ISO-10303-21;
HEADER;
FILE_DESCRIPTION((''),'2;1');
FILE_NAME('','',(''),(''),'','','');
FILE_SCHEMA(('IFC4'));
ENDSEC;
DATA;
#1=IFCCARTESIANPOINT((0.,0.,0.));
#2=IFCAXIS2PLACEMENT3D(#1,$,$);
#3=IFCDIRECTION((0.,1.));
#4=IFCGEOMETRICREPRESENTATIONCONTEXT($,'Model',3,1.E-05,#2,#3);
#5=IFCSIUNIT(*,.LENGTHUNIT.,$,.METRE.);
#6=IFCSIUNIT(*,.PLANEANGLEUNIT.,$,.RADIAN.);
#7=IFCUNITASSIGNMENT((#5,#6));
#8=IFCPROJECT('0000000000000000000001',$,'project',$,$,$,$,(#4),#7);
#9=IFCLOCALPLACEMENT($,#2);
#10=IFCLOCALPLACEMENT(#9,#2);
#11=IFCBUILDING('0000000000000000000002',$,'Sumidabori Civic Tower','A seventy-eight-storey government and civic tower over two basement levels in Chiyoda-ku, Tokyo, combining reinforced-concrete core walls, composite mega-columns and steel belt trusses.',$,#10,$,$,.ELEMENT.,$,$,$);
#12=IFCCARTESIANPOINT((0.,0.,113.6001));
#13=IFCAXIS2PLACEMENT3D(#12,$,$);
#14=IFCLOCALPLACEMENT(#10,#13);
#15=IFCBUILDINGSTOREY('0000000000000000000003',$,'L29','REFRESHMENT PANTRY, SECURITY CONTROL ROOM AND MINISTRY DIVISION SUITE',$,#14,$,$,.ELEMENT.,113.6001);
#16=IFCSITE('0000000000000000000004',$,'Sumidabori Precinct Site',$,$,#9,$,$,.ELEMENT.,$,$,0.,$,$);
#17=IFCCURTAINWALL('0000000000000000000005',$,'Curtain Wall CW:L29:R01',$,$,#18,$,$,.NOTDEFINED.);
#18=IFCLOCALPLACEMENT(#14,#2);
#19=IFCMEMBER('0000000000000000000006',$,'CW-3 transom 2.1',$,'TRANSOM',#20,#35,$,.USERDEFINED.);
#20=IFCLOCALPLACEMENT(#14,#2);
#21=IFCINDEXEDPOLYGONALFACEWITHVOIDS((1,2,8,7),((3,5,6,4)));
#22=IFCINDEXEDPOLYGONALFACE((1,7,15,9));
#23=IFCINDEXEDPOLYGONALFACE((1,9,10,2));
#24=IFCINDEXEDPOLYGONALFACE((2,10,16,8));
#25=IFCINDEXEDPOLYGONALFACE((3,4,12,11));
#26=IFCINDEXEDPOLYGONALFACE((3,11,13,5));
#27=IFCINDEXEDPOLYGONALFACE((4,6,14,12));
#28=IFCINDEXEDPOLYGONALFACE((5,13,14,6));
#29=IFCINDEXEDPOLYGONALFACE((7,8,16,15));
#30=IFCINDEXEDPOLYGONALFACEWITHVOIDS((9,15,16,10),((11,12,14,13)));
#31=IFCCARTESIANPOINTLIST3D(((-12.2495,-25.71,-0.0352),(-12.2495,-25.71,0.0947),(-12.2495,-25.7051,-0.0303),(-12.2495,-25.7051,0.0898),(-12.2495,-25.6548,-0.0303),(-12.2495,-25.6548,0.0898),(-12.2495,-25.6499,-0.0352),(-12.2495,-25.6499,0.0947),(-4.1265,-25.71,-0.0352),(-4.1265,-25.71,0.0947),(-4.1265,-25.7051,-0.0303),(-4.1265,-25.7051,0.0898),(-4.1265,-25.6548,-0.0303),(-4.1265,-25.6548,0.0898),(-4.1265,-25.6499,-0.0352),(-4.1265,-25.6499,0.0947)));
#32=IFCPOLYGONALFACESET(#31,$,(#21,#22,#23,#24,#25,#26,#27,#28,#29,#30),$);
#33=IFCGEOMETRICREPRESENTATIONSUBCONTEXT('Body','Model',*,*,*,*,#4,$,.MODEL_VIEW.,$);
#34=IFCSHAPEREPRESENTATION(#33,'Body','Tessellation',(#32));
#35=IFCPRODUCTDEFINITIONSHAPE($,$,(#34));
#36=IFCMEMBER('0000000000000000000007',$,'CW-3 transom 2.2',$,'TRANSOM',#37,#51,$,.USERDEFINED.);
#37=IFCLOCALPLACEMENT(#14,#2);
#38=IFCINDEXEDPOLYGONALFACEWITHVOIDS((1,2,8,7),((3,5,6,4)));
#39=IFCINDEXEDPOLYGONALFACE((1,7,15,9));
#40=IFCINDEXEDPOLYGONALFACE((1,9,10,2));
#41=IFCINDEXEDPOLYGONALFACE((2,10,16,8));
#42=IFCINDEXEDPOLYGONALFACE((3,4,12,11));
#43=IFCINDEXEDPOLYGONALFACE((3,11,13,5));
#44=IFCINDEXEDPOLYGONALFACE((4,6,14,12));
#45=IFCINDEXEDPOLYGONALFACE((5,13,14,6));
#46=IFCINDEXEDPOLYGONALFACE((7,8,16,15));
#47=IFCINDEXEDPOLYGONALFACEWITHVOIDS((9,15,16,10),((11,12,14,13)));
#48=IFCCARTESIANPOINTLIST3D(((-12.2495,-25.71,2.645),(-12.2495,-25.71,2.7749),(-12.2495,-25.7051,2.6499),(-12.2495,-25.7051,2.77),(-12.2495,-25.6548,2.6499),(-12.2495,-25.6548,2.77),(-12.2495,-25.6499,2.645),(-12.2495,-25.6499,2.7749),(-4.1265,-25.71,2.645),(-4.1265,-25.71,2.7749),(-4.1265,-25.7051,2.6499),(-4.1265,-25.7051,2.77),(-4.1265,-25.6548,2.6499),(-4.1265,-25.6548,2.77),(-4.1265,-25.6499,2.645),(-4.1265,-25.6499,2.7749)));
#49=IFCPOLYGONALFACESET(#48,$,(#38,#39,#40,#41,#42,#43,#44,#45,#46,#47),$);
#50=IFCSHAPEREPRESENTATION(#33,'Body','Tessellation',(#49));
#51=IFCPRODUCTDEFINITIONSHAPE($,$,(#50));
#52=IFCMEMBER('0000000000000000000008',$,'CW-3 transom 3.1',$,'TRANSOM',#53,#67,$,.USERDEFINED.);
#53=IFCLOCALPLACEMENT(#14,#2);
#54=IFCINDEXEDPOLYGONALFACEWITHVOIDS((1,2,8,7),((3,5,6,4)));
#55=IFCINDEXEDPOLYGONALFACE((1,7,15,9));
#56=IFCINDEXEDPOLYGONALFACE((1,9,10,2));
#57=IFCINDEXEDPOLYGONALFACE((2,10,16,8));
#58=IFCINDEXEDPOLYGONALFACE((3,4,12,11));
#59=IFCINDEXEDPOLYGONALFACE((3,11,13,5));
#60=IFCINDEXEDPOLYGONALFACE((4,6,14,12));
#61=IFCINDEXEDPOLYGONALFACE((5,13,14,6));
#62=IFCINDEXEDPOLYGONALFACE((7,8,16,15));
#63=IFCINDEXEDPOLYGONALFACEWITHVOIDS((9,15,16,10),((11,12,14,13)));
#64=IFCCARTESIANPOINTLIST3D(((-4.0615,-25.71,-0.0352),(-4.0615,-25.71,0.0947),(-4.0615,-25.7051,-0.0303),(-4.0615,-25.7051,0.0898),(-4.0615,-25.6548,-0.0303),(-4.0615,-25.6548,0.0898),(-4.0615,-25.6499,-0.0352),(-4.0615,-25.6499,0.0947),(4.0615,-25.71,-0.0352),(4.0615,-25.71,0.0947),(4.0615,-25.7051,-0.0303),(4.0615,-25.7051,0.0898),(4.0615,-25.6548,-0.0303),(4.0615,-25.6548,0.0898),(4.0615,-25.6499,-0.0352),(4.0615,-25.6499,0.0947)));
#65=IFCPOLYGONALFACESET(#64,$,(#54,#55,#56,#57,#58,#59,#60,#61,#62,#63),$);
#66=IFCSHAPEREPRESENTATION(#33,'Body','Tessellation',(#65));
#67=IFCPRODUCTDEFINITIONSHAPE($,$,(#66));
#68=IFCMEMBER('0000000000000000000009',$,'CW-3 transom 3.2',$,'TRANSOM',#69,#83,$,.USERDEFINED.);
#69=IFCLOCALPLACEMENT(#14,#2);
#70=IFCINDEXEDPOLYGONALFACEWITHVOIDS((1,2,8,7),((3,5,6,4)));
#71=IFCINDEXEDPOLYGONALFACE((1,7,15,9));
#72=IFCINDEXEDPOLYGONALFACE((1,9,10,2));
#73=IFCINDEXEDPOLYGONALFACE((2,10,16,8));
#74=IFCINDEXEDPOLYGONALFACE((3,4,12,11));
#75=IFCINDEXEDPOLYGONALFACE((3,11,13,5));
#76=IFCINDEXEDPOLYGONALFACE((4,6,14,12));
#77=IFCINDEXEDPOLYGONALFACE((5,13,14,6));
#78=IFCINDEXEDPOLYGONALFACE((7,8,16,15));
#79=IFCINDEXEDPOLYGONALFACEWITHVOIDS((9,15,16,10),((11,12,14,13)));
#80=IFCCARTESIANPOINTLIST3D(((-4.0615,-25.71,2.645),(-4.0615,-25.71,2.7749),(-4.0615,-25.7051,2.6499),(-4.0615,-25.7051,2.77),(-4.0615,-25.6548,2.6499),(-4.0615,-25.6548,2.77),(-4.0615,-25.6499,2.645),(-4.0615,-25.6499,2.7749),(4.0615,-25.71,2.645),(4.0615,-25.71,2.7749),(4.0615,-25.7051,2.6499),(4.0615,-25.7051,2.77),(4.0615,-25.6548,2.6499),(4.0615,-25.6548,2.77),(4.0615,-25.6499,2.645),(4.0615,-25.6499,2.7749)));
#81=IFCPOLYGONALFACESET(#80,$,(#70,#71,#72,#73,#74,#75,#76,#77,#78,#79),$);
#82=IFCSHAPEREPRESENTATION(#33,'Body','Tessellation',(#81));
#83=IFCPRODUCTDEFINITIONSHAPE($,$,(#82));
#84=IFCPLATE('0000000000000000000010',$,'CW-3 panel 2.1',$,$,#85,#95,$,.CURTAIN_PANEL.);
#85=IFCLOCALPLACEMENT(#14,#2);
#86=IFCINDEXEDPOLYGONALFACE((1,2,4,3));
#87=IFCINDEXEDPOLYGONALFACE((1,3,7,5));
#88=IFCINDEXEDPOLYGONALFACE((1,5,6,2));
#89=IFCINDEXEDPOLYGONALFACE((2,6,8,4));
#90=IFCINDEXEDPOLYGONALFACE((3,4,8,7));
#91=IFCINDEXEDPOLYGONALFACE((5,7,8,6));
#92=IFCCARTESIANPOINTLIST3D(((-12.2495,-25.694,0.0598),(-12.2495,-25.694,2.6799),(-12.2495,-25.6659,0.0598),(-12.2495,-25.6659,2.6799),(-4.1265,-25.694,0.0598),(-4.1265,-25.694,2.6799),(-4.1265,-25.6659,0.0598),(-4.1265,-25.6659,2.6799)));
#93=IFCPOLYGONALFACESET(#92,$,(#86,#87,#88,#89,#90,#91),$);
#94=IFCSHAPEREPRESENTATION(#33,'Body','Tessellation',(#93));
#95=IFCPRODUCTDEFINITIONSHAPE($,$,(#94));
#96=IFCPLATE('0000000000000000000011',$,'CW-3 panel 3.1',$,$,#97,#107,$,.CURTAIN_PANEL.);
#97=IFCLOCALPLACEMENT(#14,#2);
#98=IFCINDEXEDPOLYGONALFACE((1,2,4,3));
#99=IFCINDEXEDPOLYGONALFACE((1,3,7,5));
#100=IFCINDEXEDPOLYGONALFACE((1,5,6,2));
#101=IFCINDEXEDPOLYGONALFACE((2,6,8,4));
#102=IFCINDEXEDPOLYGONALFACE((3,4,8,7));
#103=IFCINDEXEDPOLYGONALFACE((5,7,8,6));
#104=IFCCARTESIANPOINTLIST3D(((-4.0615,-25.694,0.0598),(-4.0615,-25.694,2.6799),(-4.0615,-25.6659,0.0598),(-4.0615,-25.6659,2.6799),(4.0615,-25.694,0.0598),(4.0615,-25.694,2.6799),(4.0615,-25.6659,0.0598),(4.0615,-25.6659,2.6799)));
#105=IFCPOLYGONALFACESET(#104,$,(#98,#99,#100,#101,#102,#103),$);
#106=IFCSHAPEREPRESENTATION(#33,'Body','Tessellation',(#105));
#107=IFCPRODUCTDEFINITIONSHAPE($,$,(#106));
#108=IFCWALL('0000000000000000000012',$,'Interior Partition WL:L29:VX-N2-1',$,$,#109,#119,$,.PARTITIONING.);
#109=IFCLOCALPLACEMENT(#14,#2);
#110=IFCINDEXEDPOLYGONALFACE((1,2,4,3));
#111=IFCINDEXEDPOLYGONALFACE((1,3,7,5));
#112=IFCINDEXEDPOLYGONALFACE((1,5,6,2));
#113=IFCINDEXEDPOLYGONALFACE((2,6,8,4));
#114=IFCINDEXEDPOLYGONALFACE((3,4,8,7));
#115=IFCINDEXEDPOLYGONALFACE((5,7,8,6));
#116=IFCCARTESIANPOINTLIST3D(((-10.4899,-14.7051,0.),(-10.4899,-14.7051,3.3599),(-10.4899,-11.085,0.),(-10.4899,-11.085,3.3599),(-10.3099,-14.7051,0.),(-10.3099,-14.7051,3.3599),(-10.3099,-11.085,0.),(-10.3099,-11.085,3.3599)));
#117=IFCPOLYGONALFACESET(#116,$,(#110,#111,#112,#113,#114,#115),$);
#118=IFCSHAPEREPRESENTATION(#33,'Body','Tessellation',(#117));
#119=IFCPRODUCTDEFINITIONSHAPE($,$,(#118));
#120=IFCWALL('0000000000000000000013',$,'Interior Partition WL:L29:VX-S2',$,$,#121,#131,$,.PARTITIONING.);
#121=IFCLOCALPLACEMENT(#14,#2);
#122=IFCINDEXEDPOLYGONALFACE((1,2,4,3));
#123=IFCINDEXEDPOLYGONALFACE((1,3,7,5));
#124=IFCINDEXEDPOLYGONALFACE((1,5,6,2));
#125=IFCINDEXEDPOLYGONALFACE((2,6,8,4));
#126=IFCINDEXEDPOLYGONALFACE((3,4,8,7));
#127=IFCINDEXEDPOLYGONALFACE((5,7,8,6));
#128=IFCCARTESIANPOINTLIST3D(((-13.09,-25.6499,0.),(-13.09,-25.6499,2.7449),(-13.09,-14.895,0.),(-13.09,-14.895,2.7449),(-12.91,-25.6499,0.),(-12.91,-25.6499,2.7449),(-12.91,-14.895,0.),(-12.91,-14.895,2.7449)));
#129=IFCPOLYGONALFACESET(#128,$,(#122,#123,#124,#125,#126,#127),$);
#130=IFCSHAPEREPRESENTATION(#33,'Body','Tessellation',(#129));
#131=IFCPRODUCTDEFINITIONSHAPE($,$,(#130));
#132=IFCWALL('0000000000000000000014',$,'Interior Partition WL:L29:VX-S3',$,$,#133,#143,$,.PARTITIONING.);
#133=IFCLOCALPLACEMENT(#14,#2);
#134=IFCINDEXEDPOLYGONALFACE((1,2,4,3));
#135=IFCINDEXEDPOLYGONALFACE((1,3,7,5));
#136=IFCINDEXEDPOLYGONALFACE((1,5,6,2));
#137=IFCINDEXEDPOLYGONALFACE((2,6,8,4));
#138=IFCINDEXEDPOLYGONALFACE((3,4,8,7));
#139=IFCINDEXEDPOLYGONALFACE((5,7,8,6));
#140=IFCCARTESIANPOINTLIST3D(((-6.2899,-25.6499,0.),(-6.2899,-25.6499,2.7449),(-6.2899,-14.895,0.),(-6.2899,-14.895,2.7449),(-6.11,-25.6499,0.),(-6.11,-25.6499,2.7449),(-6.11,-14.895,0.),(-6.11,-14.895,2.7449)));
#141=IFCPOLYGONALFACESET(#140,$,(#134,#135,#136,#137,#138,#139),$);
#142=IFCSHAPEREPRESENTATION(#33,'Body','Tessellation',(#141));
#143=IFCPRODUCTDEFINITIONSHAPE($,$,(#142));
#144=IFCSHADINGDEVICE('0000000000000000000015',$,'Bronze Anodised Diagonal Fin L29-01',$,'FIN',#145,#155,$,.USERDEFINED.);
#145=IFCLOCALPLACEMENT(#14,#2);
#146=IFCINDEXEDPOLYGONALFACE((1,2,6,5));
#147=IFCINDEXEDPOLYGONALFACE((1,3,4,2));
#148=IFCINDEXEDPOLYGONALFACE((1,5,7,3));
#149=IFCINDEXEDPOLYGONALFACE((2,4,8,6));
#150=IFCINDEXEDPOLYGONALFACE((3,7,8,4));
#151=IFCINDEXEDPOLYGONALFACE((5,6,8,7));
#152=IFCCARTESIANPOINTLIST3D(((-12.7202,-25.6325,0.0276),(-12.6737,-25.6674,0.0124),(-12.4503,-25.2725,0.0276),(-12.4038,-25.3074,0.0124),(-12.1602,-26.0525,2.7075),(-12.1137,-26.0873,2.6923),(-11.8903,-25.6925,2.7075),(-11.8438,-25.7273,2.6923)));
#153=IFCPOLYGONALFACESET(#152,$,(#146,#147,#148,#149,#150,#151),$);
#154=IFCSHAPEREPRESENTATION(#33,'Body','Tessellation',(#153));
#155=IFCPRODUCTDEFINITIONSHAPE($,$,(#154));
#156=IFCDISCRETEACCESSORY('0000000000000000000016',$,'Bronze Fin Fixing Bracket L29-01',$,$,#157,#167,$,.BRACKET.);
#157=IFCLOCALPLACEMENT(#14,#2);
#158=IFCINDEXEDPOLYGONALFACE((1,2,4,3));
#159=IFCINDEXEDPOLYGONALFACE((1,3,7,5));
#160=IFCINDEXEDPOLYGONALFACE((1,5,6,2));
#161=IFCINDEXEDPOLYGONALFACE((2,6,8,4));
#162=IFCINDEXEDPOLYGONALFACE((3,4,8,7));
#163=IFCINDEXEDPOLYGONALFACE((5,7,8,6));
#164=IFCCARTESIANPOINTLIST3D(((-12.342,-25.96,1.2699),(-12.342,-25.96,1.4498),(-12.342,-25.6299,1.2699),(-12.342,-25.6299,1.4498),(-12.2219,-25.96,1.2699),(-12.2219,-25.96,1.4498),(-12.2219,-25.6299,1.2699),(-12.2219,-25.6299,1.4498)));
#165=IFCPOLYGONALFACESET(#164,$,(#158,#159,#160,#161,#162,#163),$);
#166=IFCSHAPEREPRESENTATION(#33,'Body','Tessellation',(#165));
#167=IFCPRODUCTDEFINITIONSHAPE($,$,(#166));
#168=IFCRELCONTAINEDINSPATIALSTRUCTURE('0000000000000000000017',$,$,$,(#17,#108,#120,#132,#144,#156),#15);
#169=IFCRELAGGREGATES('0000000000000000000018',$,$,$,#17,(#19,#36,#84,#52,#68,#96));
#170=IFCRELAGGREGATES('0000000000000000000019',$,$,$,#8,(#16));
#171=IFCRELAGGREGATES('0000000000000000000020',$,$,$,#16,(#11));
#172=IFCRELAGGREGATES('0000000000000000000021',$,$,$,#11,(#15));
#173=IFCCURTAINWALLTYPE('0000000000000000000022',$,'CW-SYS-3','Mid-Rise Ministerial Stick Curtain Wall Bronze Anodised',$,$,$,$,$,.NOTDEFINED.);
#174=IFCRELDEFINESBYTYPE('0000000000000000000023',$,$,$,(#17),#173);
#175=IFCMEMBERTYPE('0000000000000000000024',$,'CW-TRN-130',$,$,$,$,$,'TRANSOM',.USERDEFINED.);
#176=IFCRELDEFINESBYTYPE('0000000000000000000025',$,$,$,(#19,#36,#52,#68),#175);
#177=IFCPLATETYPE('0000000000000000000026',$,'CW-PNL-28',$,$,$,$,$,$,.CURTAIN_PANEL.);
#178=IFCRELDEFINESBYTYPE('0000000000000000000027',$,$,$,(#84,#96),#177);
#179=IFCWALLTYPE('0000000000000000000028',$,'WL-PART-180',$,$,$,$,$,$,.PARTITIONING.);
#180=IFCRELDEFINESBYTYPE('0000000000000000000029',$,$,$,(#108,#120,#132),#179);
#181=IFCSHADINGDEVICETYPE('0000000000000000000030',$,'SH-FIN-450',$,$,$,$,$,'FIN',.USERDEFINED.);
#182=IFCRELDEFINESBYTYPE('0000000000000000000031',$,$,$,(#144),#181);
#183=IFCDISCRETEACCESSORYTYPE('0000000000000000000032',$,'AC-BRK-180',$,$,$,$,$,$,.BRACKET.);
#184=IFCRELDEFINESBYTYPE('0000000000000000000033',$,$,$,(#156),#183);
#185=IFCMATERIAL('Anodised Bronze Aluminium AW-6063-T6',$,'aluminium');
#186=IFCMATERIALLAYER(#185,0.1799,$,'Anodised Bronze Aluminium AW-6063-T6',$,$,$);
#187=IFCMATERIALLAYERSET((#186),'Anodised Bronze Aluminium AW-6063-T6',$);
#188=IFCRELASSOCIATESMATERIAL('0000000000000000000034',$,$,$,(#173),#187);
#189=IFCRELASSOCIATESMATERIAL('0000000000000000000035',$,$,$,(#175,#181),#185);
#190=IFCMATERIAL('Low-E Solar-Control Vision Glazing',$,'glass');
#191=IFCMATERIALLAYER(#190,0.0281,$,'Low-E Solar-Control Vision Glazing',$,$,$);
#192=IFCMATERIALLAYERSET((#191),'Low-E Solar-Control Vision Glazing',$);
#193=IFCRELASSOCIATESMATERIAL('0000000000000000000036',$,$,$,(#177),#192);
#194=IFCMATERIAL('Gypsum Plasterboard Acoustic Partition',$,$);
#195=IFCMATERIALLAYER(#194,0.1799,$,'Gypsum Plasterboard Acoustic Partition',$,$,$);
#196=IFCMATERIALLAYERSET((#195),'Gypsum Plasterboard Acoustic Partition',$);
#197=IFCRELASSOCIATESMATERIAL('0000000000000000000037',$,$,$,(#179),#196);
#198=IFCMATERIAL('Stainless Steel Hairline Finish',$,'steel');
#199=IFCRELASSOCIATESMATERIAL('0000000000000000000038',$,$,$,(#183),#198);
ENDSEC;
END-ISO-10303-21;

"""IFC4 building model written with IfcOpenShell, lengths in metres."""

from ifc_helpers import new_model, si_unit, direction, frame, frame_2d, origin, origin_2d, place, context, subcontext, project, spatial, rectangle, hollow_rectangle, extrude, source, transform, mapped, material, layer, layer_set, material_profile, profile_set, type_object, element, aggregate, save


model = new_model("IFC4")

# Units and contexts
model_context = context("Model", 3, precision=1e-05, world=origin(), true_north=direction((0.0, 1.0)))
body_context = subcontext(model_context, "Body", "Model", "MODEL_VIEW")
ifc_project = project(units=[si_unit("LENGTHUNIT", "METRE"), si_unit("PLANEANGLEUNIT", "RADIAN")], contexts=[model_context])

# Site, building, storey
site_placement = place(None, origin())
site = spatial("IfcSite", under=ifc_project, at=site_placement, Name="Sumidabori Precinct Site", CompositionType="ELEMENT", RefElevation=0.0)
building_placement = place(site_placement, origin())
building = spatial("IfcBuilding", under=site, at=building_placement, Name="Sumidabori Civic Tower", Description="A seventy-eight-storey government and civic tower over two basement levels in Chiyoda-ku, Tokyo, combining reinforced-concrete core walls, composite mega-columns and steel belt trusses.", CompositionType="ELEMENT")
storey_placement = place(building_placement, frame((0.0, 0.0, 113.6001)))
storey = spatial("IfcBuildingStorey", under=building, at=storey_placement, Name="L29", Description="REFRESHMENT PANTRY, SECURITY CONTROL ROOM AND MINISTRY DIVISION SUITE", CompositionType="ELEMENT", Elevation=113.6001)

# Curtain wall, members, plates
ifc_material_1 = material(Name="Anodised Bronze Aluminium AW-6063-T6", Category="aluminium")
ifc_layer_1 = layer(ifc_material_1, 0.1799, Name="Anodised Bronze Aluminium AW-6063-T6")
ifc_layer_set_1 = layer_set([ifc_layer_1], Name="Anodised Bronze Aluminium AW-6063-T6")
curtain_wall_type = type_object("IfcCurtainWallType", Name="CW-SYS-3", Description="Mid-Rise Ministerial Stick Curtain Wall Bronze Anodised", PredefinedType="NOTDEFINED", material=ifc_layer_set_1)
curtain_wall_placement = place(storey_placement, origin())
curtain_wall = element("IfcCurtainWall", 1, at=curtain_wall_placement, inside=storey, type_object=curtain_wall_type, Name="Curtain Wall CW:L29:R01", PredefinedType="NOTDEFINED")
ifc_material_profile_1 = material_profile(ifc_material_1, hollow_rectangle(XDim=0.0601, YDim=0.1299, WallThickness=0.0049, at=origin_2d()), Name="ALU TRANSOM 130x60")
ifc_profile_set_1 = profile_set([ifc_material_profile_1], Name="Anodised Bronze Aluminium AW-6063-T6")
member_type_1 = type_object("IfcMemberType", Name="CW-TRN-130", ElementType="TRANSOM", PredefinedType="USERDEFINED", material=ifc_profile_set_1)
shared_shape_1 = source(origin(), body_context, "Body", "SweptSolid", [
    extrude(hollow_rectangle(XDim=0.0601, YDim=0.1299, WallThickness=0.0049, at=origin_2d()), origin(), (0.0, 0.0, 1.0), 8.123),
])
member_1_placement = place(storey_placement, frame((-12.2495, -25.6799, 0.0298), z_axis=(1.0, 0.0, 0.0), x_axis=(0.0, 1.0, 0.0)))
member_1 = element("IfcMember", 2, at=member_1_placement, type_object=member_type_1, Name="CW-3 transom 2.1", ObjectType="TRANSOM", PredefinedType="USERDEFINED", context=body_context, shape_type="MappedRepresentation", body=[
    mapped(shared_shape_1, transform((0.0, 0.0, 0.0), x_axis=(1.0, 0.0, 0.0), y_axis=(0.0, 1.0, 0.0), z_axis=(0.0, 0.0, 1.0), scale=1.0)),
])
member_2_placement = place(storey_placement, frame((-12.2495, -25.6799, 2.71), z_axis=(1.0, 0.0, 0.0), x_axis=(0.0, 1.0, 0.0)))
member_2 = element("IfcMember", 3, at=member_2_placement, type_object=member_type_1, Name="CW-3 transom 2.2", ObjectType="TRANSOM", PredefinedType="USERDEFINED", context=body_context, shape_type="MappedRepresentation", body=[
    mapped(shared_shape_1, transform((0.0, 0.0, 0.0), x_axis=(1.0, 0.0, 0.0), y_axis=(0.0, 1.0, 0.0), z_axis=(0.0, 0.0, 1.0), scale=1.0)),
])
member_3_placement = place(storey_placement, frame((-4.0615, -25.6799, 0.0298), z_axis=(1.0, 0.0, 0.0), x_axis=(0.0, 1.0, 0.0)))
member_3 = element("IfcMember", 4, at=member_3_placement, type_object=member_type_1, Name="CW-3 transom 3.1", ObjectType="TRANSOM", PredefinedType="USERDEFINED", context=body_context, shape_type="MappedRepresentation", body=[
    mapped(shared_shape_1, transform((0.0, 0.0, 0.0), x_axis=(1.0, 0.0, 0.0), y_axis=(0.0, 1.0, 0.0), z_axis=(0.0, 0.0, 1.0), scale=1.0)),
])
member_4_placement = place(storey_placement, frame((-4.0615, -25.6799, 2.71), z_axis=(1.0, 0.0, 0.0), x_axis=(0.0, 1.0, 0.0)))
member_4 = element("IfcMember", 5, at=member_4_placement, type_object=member_type_1, Name="CW-3 transom 3.2", ObjectType="TRANSOM", PredefinedType="USERDEFINED", context=body_context, shape_type="MappedRepresentation", body=[
    mapped(shared_shape_1, transform((0.0, 0.0, 0.0), x_axis=(1.0, 0.0, 0.0), y_axis=(0.0, 1.0, 0.0), z_axis=(0.0, 0.0, 1.0), scale=1.0)),
])
ifc_material_2 = material(Name="Low-E Solar-Control Vision Glazing", Category="glass")
ifc_layer_2 = layer(ifc_material_2, 0.0281, Name="Low-E Solar-Control Vision Glazing")
ifc_layer_set_2 = layer_set([ifc_layer_2], Name="Low-E Solar-Control Vision Glazing")
plate_type = type_object("IfcPlateType", Name="CW-PNL-28", PredefinedType="CURTAIN_PANEL", material=ifc_layer_set_2)
shared_shape_2 = source(origin(), body_context, "Body", "SweptSolid", [
    extrude(rectangle(XDim=8.123, YDim=0.0281, at=origin_2d()), origin(), (0.0, 0.0, 1.0), 2.6201),
])
plate_1_placement = place(storey_placement, frame((-8.188, -25.6799, 0.0598), z_axis=(0.0, 0.0, 1.0), x_axis=(1.0, 0.0, 0.0)))
plate_1 = element("IfcPlate", 6, at=plate_1_placement, type_object=plate_type, Name="CW-3 panel 2.1", PredefinedType="CURTAIN_PANEL", context=body_context, shape_type="MappedRepresentation", body=[
    mapped(shared_shape_2, transform((0.0, 0.0, 0.0), x_axis=(1.0, 0.0, 0.0), y_axis=(0.0, 1.0, 0.0), z_axis=(0.0, 0.0, 1.0), scale=1.0)),
])
plate_2_placement = place(storey_placement, frame((0.0, -25.6799, 0.0598), z_axis=(0.0, 0.0, 1.0), x_axis=(1.0, 0.0, 0.0)))
plate_2 = element("IfcPlate", 7, at=plate_2_placement, type_object=plate_type, Name="CW-3 panel 3.1", PredefinedType="CURTAIN_PANEL", context=body_context, shape_type="MappedRepresentation", body=[
    mapped(shared_shape_2, transform((0.0, 0.0, 0.0), x_axis=(1.0, 0.0, 0.0), y_axis=(0.0, 1.0, 0.0), z_axis=(0.0, 0.0, 1.0), scale=1.0)),
])
aggregate(curtain_wall, [member_1, member_2, plate_1, member_3, member_4, plate_2])

# Walls
ifc_material_3 = material(Name="Gypsum Plasterboard Acoustic Partition")
ifc_layer_3 = layer(ifc_material_3, 0.1799, Name="Gypsum Plasterboard Acoustic Partition")
ifc_layer_set_3 = layer_set([ifc_layer_3], Name="Gypsum Plasterboard Acoustic Partition")
wall_type = type_object("IfcWallType", Name="WL-PART-180", PredefinedType="PARTITIONING", material=ifc_layer_set_3)
shared_shape_3 = source(origin(), body_context, "Body", "SweptSolid", [
    extrude(rectangle(XDim=3.6201, YDim=0.1799, at=frame_2d((1.8101, 0.0))), origin(), (0.0, 0.0, 1.0), 3.3599),
])
wall_placement = place(storey_placement, frame((-10.3999, -14.7051, 0.0), z_axis=(0.0, 0.0, 1.0), x_axis=(0.0, 1.0, 0.0)))
element("IfcWall", 8, at=wall_placement, inside=storey, type_object=wall_type, Name="Interior Partition WL:L29:VX-N2-1", PredefinedType="PARTITIONING", context=body_context, shape_type="MappedRepresentation", body=[
    mapped(shared_shape_3, transform((0.0, 0.0, 0.0), x_axis=(1.0, 0.0, 0.0), y_axis=(0.0, 1.0, 0.0), z_axis=(0.0, 0.0, 1.0), scale=1.0)),
])
shared_shape_4 = source(origin(), body_context, "Body", "SweptSolid", [
    extrude(rectangle(XDim=10.7549, YDim=0.1799, at=frame_2d((5.3774, 0.0))), origin(), (0.0, 0.0, 1.0), 2.7449),
])
for number, where, z_axis, x_axis, name in (
    (9, (-13.0, -25.6499, 0.0), (0.0, 0.0, 1.0), (0.0, 1.0, 0.0), "Interior Partition WL:L29:VX-S2"),
    (10, (-6.2, -25.6499, 0.0), (0.0, 0.0, 1.0), (0.0, 1.0, 0.0), "Interior Partition WL:L29:VX-S3"),
):
    element("IfcWall", number, at=place(storey_placement, frame(where, z_axis=z_axis, x_axis=x_axis)), inside=storey, type_object=wall_type, Name=name, PredefinedType="PARTITIONING", context=body_context, shape_type="MappedRepresentation", body=[
        mapped(shared_shape_4, transform((0.0, 0.0, 0.0), x_axis=(1.0, 0.0, 0.0), y_axis=(0.0, 1.0, 0.0), z_axis=(0.0, 0.0, 1.0), scale=1.0)),
    ])

# Shading device
ifc_material_profile_2 = material_profile(ifc_material_1, rectangle(XDim=0.0601, YDim=0.45, at=origin_2d()), Name="BRONZE FIN 450x60")
ifc_profile_set_2 = profile_set([ifc_material_profile_2], Name="Anodised Bronze Aluminium AW-6063-T6")
shading_device_type = type_object("IfcShadingDeviceType", Name="SH-FIN-450", ElementType="FIN", PredefinedType="USERDEFINED", material=ifc_profile_set_2)
shared_shape_5 = source(origin(), body_context, "Body", "SweptSolid", [
    extrude(rectangle(XDim=0.0601, YDim=0.45, at=origin_2d()), origin(), (0.0, 0.0, 1.0), 2.7698),
])
shading_device_placement = place(storey_placement, frame((-12.562, -25.47, 0.02), z_axis=(0.202199, -0.151605, 0.967539), x_axis=(0.774112, -0.580415, -0.252722)))
element("IfcShadingDevice", 11, at=shading_device_placement, inside=storey, type_object=shading_device_type, Name="Bronze Anodised Diagonal Fin L29-01", ObjectType="FIN", PredefinedType="USERDEFINED", context=body_context, shape_type="MappedRepresentation", body=[
    mapped(shared_shape_5, transform((0.0, 0.0, 0.0), x_axis=(1.0, 0.0, 0.0), y_axis=(0.0, 1.0, 0.0), z_axis=(0.0, 0.0, 1.0), scale=1.0)),
])

# Discrete accessory
ifc_material_4 = material(Name="Stainless Steel Hairline Finish", Category="steel")
ifc_material_profile_3 = material_profile(ifc_material_4, rectangle(XDim=0.1201, YDim=0.1799, at=origin_2d()), Name="STEEL BRACKET 180x120")
ifc_profile_set_3 = profile_set([ifc_material_profile_3], Name="Stainless Steel Hairline Finish")
discrete_accessory_type = type_object("IfcDiscreteAccessoryType", Name="AC-BRK-180", PredefinedType="BRACKET", material=ifc_profile_set_3)
shared_shape_6 = source(origin(), body_context, "Body", "SweptSolid", [
    extrude(rectangle(XDim=0.1201, YDim=0.1799, at=origin_2d()), origin(), (0.0, 0.0, 1.0), 0.3301),
])
discrete_accessory_placement = place(storey_placement, frame((-12.282, -25.6299, 1.3599), z_axis=(0.0, -1.0, 0.0), x_axis=(1.0, 0.0, 0.0)))
element("IfcDiscreteAccessory", 12, at=discrete_accessory_placement, inside=storey, type_object=discrete_accessory_type, Name="Bronze Fin Fixing Bracket L29-01", PredefinedType="BRACKET", context=body_context, shape_type="MappedRepresentation", body=[
    mapped(shared_shape_6, transform((0.0, 0.0, 0.0), x_axis=(1.0, 0.0, 0.0), y_axis=(0.0, 1.0, 0.0), z_axis=(0.0, 0.0, 1.0), scale=1.0)),
])

save(model, "model.ifc")
